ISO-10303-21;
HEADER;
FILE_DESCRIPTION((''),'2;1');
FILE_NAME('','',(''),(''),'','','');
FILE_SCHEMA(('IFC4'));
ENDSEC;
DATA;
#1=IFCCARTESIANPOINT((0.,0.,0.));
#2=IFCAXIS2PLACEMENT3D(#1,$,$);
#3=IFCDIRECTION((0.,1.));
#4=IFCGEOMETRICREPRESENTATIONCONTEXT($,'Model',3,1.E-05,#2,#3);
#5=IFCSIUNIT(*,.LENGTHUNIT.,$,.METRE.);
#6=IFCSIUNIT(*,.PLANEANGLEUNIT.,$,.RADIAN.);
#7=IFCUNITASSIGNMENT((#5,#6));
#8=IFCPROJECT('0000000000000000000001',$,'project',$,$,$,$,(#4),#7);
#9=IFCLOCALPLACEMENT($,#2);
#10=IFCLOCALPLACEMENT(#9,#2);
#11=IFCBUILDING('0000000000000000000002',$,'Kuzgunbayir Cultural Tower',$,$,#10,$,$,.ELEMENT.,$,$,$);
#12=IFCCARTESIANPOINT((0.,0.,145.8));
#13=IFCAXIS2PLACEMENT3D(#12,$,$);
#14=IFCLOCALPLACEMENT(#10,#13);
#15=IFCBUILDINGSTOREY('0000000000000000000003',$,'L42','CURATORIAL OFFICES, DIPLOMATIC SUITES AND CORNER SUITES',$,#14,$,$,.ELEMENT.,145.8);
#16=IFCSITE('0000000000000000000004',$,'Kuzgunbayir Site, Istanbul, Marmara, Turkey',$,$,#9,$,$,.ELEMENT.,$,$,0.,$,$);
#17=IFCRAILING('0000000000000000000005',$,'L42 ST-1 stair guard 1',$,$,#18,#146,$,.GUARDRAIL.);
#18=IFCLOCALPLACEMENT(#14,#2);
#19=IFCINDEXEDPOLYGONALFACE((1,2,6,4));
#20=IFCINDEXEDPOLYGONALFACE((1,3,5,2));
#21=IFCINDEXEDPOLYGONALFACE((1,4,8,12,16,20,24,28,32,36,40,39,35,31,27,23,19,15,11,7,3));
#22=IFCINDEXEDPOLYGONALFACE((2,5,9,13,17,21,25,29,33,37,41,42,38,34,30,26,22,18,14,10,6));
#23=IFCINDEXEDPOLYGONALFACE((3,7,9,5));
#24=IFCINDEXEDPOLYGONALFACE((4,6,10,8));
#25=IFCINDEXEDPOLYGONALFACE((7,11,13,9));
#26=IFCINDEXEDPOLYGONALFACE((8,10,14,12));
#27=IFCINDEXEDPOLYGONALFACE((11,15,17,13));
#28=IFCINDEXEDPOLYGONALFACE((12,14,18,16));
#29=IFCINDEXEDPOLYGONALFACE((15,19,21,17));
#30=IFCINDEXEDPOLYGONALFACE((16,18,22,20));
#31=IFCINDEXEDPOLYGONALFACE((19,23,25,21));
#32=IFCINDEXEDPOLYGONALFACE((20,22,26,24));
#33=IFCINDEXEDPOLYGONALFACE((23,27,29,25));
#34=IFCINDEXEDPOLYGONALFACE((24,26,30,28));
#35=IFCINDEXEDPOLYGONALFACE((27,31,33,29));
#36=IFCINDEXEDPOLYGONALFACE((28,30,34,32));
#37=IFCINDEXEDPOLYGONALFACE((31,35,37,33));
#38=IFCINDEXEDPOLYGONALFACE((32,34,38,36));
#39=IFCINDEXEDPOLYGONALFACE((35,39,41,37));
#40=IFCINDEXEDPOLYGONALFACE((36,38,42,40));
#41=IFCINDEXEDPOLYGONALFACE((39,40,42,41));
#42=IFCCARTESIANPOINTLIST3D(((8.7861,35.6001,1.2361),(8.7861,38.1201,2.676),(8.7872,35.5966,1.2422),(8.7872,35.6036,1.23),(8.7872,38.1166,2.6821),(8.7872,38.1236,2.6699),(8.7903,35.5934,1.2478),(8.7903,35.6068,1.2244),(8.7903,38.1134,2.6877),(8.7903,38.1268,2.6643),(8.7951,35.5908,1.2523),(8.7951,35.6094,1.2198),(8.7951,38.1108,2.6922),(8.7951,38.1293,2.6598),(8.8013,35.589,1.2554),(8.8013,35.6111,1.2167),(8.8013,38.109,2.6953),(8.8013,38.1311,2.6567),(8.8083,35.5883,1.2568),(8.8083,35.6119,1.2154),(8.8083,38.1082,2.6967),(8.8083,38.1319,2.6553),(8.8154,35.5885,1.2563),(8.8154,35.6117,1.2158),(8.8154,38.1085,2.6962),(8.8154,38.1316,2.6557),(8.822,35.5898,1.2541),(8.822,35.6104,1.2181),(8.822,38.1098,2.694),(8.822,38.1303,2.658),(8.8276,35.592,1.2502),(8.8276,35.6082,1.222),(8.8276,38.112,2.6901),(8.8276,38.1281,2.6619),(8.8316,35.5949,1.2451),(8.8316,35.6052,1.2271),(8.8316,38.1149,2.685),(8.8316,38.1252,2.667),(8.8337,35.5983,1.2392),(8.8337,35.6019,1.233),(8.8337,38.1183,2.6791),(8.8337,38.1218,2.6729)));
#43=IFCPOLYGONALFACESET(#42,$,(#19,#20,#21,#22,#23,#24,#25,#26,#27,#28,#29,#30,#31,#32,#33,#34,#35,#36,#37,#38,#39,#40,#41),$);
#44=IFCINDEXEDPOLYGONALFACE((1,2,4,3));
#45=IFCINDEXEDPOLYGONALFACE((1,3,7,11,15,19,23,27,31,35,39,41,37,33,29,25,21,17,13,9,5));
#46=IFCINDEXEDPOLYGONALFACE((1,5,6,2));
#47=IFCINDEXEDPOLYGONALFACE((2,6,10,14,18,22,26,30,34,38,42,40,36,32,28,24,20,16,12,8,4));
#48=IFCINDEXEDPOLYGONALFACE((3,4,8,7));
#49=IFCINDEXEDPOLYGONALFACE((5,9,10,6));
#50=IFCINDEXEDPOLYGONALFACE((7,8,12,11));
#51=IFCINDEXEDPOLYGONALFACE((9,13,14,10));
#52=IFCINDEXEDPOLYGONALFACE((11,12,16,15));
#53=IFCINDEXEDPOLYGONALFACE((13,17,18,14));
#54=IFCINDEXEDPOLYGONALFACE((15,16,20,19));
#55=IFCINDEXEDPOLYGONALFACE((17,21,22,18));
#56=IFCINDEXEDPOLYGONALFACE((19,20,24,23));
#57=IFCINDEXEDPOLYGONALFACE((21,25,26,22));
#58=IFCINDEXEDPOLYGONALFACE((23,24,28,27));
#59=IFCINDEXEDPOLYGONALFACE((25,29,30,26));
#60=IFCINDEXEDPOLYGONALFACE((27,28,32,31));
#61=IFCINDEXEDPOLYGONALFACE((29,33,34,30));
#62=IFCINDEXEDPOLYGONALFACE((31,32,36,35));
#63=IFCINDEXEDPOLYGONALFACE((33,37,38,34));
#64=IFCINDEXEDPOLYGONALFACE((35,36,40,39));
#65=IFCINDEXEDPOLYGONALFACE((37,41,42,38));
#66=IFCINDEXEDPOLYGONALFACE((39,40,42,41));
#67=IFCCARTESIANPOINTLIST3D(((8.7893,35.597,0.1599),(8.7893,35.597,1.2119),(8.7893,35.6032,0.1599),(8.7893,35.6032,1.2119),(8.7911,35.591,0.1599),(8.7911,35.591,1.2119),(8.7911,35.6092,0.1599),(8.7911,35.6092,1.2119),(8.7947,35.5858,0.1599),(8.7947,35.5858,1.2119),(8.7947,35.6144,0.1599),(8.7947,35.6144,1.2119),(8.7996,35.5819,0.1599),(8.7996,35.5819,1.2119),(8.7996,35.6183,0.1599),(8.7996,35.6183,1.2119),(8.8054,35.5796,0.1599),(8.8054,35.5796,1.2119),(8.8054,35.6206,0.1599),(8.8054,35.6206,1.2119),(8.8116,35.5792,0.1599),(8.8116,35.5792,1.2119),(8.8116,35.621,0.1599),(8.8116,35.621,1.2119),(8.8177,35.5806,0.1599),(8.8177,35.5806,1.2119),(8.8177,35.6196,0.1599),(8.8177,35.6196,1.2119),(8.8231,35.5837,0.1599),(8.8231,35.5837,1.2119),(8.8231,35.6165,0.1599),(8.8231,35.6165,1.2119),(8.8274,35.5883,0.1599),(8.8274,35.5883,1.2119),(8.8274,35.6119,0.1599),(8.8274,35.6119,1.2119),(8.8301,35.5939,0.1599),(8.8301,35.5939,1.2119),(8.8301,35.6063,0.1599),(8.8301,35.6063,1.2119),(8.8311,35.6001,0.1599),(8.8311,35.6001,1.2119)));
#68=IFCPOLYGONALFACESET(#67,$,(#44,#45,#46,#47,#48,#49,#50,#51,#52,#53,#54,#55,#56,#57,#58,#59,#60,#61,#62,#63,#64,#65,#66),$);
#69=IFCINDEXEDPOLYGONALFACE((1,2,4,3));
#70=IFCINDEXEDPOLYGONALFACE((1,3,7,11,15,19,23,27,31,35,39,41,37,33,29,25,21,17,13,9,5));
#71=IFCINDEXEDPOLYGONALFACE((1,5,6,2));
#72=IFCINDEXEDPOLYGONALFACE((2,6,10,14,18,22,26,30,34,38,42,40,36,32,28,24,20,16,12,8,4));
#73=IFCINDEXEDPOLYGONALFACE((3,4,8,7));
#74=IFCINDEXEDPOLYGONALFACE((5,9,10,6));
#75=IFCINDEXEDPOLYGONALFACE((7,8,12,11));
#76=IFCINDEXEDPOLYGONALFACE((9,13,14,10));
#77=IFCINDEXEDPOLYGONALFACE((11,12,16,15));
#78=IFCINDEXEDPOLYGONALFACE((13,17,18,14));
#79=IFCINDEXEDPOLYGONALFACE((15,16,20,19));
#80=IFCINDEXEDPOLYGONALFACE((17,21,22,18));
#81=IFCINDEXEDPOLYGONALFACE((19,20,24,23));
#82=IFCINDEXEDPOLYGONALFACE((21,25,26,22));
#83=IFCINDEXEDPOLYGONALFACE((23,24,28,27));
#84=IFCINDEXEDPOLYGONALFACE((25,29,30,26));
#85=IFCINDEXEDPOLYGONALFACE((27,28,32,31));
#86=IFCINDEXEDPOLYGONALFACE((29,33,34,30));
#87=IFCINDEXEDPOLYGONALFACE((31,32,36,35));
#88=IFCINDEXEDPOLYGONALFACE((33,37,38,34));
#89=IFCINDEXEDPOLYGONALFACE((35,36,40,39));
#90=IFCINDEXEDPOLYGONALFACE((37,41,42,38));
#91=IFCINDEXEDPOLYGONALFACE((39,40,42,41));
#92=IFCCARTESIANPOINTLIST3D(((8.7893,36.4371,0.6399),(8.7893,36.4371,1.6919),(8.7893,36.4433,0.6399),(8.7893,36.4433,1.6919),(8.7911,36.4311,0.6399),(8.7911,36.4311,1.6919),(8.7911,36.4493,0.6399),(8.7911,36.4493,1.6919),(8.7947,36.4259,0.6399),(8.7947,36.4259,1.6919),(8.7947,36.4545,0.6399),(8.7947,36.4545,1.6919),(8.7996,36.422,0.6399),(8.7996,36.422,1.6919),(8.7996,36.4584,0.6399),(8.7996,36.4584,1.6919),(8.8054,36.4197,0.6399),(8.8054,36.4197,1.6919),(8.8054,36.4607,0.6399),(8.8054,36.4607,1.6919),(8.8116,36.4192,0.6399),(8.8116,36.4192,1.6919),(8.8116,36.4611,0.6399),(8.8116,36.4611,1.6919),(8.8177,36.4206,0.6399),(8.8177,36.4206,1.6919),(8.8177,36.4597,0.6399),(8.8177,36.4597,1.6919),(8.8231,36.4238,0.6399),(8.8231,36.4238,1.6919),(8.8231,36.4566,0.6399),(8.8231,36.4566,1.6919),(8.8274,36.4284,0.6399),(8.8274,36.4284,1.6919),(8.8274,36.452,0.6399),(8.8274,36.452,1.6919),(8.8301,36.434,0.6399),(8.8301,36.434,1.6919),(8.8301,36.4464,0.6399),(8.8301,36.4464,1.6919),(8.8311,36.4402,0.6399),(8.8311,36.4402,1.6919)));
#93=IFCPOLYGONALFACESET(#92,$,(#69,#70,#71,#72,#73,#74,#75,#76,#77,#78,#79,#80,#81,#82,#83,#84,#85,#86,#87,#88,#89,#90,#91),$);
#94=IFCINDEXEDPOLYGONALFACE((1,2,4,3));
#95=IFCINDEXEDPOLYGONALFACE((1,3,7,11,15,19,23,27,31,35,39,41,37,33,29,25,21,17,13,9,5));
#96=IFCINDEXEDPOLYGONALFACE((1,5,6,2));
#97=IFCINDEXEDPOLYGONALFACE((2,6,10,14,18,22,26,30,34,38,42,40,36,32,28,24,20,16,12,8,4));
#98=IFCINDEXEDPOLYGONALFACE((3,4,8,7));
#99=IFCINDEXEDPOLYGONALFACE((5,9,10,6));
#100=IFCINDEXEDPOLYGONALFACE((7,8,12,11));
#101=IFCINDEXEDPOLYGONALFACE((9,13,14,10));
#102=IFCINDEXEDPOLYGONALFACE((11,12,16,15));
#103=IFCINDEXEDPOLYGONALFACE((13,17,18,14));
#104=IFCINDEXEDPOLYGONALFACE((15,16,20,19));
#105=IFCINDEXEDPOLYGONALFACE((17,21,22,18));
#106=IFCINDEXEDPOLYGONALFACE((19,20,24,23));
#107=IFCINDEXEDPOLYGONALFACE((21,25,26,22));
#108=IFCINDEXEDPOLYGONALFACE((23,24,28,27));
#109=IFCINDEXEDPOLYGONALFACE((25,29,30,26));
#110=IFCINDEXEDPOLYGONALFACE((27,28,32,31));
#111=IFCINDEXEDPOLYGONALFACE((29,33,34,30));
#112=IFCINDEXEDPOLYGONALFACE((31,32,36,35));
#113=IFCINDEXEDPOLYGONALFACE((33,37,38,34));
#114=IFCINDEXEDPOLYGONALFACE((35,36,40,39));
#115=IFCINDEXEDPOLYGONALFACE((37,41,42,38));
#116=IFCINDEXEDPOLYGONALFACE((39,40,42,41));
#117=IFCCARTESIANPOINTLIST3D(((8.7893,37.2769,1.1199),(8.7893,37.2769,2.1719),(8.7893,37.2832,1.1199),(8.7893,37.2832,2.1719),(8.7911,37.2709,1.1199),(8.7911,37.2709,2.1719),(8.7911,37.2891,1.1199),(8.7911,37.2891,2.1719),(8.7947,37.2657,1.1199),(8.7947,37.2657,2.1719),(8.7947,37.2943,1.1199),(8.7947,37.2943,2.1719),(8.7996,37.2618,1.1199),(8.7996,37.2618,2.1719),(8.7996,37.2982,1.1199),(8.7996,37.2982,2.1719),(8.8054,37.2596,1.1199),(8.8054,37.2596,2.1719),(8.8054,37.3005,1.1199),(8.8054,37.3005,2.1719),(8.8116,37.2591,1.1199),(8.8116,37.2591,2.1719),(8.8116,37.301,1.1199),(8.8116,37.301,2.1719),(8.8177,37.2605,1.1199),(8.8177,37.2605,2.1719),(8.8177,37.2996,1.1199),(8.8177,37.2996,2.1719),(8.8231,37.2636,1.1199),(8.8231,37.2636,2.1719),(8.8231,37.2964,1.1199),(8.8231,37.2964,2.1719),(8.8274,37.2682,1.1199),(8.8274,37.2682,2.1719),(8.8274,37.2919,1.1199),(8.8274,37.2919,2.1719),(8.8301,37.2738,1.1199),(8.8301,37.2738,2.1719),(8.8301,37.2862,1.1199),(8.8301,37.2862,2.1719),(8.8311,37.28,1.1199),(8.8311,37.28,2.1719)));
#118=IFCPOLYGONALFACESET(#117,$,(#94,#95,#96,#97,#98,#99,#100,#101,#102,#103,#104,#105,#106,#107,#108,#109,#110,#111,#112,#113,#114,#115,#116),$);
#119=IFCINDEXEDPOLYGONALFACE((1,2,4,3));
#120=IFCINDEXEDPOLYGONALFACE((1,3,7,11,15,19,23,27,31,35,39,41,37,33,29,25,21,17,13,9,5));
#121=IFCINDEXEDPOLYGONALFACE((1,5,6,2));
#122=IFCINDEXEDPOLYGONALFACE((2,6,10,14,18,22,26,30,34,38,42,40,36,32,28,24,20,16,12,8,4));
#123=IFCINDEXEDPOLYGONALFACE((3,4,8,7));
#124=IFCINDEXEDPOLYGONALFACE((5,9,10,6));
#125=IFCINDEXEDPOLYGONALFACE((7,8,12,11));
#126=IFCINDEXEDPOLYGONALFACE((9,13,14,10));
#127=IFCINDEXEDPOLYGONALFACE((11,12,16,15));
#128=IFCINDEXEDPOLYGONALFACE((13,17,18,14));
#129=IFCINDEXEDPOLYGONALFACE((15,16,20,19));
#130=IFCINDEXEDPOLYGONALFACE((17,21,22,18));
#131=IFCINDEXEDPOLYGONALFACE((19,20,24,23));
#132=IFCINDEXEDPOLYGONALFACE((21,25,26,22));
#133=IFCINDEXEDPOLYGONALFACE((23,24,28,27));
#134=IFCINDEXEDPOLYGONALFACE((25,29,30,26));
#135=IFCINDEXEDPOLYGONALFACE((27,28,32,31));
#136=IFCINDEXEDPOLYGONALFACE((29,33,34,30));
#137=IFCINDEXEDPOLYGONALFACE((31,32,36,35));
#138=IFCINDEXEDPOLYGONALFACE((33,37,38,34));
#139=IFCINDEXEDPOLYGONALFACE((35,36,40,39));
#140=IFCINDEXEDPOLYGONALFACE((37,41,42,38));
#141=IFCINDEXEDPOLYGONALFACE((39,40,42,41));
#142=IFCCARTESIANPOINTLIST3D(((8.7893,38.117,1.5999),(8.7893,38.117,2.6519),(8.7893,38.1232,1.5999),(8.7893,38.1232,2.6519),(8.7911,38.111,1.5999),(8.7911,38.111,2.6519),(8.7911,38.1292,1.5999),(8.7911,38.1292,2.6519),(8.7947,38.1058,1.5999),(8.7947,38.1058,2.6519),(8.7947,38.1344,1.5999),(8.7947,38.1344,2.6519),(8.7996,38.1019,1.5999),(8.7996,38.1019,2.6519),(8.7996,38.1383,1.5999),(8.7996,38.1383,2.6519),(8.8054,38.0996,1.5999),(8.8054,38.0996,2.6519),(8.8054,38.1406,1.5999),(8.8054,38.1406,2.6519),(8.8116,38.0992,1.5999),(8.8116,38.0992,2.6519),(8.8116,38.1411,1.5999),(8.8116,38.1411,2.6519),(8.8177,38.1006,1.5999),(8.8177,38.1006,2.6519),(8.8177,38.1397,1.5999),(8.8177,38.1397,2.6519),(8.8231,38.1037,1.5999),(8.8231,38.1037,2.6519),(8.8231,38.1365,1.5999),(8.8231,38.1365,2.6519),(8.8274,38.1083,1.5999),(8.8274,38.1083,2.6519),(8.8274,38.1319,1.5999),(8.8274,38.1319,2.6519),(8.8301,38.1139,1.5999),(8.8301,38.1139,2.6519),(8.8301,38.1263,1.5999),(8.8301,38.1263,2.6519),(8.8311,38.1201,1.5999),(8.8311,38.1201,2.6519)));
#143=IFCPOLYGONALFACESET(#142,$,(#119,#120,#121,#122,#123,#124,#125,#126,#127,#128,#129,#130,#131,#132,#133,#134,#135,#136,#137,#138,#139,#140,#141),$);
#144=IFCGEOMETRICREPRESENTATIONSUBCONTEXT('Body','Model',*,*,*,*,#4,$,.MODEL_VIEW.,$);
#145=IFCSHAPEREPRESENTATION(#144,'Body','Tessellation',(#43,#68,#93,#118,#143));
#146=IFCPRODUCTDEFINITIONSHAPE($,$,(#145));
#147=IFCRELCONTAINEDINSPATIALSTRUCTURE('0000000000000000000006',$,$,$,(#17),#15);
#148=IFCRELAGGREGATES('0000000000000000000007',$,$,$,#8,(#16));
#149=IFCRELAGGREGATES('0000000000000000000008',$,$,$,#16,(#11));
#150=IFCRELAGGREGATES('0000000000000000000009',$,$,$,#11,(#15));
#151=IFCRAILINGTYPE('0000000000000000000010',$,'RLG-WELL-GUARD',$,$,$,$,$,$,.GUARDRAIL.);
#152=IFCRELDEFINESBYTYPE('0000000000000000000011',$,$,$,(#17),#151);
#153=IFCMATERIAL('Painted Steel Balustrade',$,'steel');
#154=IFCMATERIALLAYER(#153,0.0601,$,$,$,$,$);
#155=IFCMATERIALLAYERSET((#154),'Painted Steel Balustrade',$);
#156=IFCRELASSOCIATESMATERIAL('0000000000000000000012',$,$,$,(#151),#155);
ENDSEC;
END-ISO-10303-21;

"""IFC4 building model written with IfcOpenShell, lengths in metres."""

from ifc_helpers import new_model, si_unit, direction, frame, origin, origin_2d, place, context, subcontext, project, spatial, circle, extrude, material, layer, layer_set, type_object, element, save


model = new_model("IFC4")

# Units and contexts
model_context = context("Model", 3, precision=1e-05, world=origin(), true_north=direction((0.0, 1.0)))
body_context = subcontext(model_context, "Body", "Model", "MODEL_VIEW")
ifc_project = project(units=[si_unit("LENGTHUNIT", "METRE"), si_unit("PLANEANGLEUNIT", "RADIAN")], contexts=[model_context])

# Site, building, storey
site_placement = place(None, origin())
site = spatial("IfcSite", under=ifc_project, at=site_placement, Name="Kuzgunbayir Site, Istanbul, Marmara, Turkey", CompositionType="ELEMENT", RefElevation=0.0)
building_placement = place(site_placement, origin())
building = spatial("IfcBuilding", under=site, at=building_placement, Name="Kuzgunbayir Cultural Tower", CompositionType="ELEMENT")
storey_placement = place(building_placement, frame((0.0, 0.0, 145.8)))
storey = spatial("IfcBuildingStorey", under=building, at=storey_placement, Name="L42", Description="CURATORIAL OFFICES, DIPLOMATIC SUITES AND CORNER SUITES", CompositionType="ELEMENT", Elevation=145.8)

# Railing
ifc_material_1 = material(Name="Painted Steel Balustrade", Category="steel")
ifc_layer_1 = layer(ifc_material_1, 0.0601)
ifc_layer_set_1 = layer_set([ifc_layer_1], Name="Painted Steel Balustrade")
railing_type_1 = type_object("IfcRailingType", Name="RLG-WELL-GUARD", PredefinedType="GUARDRAIL", material=ifc_layer_set_1)
railing_1_placement = place(storey_placement, frame((8.8101, 35.6001, 0.1599)))
element("IfcRailing", 1, at=railing_1_placement, inside=storey, type_object=railing_type_1, Name="L42 ST-1 stair guard 1", PredefinedType="GUARDRAIL", context=body_context, shape_type="SweptSolid", body=[
    extrude(circle(Radius=0.0239, at=origin_2d()), frame((0.0, 0.0, 1.0762), z_axis=(0.0, 0.868253, 0.496121), x_axis=(-1.0, 0.0, 0.0)), (0.0, 0.0, 1.0), 2.9023),
    extrude(circle(Radius=0.021, at=origin_2d()), origin(), (0.0, 0.0, 1.0), 1.052),
    extrude(circle(Radius=0.021, at=origin_2d()), frame((0.0, 0.8401, 0.48)), (0.0, 0.0, 1.0), 1.052),
    extrude(circle(Radius=0.021, at=origin_2d()), frame((0.0, 1.6799, 0.96)), (0.0, 0.0, 1.0), 1.052),
    extrude(circle(Radius=0.021, at=origin_2d()), frame((0.0, 2.52, 1.4399)), (0.0, 0.0, 1.0), 1.052),
])

save(model, "model.ifc")
